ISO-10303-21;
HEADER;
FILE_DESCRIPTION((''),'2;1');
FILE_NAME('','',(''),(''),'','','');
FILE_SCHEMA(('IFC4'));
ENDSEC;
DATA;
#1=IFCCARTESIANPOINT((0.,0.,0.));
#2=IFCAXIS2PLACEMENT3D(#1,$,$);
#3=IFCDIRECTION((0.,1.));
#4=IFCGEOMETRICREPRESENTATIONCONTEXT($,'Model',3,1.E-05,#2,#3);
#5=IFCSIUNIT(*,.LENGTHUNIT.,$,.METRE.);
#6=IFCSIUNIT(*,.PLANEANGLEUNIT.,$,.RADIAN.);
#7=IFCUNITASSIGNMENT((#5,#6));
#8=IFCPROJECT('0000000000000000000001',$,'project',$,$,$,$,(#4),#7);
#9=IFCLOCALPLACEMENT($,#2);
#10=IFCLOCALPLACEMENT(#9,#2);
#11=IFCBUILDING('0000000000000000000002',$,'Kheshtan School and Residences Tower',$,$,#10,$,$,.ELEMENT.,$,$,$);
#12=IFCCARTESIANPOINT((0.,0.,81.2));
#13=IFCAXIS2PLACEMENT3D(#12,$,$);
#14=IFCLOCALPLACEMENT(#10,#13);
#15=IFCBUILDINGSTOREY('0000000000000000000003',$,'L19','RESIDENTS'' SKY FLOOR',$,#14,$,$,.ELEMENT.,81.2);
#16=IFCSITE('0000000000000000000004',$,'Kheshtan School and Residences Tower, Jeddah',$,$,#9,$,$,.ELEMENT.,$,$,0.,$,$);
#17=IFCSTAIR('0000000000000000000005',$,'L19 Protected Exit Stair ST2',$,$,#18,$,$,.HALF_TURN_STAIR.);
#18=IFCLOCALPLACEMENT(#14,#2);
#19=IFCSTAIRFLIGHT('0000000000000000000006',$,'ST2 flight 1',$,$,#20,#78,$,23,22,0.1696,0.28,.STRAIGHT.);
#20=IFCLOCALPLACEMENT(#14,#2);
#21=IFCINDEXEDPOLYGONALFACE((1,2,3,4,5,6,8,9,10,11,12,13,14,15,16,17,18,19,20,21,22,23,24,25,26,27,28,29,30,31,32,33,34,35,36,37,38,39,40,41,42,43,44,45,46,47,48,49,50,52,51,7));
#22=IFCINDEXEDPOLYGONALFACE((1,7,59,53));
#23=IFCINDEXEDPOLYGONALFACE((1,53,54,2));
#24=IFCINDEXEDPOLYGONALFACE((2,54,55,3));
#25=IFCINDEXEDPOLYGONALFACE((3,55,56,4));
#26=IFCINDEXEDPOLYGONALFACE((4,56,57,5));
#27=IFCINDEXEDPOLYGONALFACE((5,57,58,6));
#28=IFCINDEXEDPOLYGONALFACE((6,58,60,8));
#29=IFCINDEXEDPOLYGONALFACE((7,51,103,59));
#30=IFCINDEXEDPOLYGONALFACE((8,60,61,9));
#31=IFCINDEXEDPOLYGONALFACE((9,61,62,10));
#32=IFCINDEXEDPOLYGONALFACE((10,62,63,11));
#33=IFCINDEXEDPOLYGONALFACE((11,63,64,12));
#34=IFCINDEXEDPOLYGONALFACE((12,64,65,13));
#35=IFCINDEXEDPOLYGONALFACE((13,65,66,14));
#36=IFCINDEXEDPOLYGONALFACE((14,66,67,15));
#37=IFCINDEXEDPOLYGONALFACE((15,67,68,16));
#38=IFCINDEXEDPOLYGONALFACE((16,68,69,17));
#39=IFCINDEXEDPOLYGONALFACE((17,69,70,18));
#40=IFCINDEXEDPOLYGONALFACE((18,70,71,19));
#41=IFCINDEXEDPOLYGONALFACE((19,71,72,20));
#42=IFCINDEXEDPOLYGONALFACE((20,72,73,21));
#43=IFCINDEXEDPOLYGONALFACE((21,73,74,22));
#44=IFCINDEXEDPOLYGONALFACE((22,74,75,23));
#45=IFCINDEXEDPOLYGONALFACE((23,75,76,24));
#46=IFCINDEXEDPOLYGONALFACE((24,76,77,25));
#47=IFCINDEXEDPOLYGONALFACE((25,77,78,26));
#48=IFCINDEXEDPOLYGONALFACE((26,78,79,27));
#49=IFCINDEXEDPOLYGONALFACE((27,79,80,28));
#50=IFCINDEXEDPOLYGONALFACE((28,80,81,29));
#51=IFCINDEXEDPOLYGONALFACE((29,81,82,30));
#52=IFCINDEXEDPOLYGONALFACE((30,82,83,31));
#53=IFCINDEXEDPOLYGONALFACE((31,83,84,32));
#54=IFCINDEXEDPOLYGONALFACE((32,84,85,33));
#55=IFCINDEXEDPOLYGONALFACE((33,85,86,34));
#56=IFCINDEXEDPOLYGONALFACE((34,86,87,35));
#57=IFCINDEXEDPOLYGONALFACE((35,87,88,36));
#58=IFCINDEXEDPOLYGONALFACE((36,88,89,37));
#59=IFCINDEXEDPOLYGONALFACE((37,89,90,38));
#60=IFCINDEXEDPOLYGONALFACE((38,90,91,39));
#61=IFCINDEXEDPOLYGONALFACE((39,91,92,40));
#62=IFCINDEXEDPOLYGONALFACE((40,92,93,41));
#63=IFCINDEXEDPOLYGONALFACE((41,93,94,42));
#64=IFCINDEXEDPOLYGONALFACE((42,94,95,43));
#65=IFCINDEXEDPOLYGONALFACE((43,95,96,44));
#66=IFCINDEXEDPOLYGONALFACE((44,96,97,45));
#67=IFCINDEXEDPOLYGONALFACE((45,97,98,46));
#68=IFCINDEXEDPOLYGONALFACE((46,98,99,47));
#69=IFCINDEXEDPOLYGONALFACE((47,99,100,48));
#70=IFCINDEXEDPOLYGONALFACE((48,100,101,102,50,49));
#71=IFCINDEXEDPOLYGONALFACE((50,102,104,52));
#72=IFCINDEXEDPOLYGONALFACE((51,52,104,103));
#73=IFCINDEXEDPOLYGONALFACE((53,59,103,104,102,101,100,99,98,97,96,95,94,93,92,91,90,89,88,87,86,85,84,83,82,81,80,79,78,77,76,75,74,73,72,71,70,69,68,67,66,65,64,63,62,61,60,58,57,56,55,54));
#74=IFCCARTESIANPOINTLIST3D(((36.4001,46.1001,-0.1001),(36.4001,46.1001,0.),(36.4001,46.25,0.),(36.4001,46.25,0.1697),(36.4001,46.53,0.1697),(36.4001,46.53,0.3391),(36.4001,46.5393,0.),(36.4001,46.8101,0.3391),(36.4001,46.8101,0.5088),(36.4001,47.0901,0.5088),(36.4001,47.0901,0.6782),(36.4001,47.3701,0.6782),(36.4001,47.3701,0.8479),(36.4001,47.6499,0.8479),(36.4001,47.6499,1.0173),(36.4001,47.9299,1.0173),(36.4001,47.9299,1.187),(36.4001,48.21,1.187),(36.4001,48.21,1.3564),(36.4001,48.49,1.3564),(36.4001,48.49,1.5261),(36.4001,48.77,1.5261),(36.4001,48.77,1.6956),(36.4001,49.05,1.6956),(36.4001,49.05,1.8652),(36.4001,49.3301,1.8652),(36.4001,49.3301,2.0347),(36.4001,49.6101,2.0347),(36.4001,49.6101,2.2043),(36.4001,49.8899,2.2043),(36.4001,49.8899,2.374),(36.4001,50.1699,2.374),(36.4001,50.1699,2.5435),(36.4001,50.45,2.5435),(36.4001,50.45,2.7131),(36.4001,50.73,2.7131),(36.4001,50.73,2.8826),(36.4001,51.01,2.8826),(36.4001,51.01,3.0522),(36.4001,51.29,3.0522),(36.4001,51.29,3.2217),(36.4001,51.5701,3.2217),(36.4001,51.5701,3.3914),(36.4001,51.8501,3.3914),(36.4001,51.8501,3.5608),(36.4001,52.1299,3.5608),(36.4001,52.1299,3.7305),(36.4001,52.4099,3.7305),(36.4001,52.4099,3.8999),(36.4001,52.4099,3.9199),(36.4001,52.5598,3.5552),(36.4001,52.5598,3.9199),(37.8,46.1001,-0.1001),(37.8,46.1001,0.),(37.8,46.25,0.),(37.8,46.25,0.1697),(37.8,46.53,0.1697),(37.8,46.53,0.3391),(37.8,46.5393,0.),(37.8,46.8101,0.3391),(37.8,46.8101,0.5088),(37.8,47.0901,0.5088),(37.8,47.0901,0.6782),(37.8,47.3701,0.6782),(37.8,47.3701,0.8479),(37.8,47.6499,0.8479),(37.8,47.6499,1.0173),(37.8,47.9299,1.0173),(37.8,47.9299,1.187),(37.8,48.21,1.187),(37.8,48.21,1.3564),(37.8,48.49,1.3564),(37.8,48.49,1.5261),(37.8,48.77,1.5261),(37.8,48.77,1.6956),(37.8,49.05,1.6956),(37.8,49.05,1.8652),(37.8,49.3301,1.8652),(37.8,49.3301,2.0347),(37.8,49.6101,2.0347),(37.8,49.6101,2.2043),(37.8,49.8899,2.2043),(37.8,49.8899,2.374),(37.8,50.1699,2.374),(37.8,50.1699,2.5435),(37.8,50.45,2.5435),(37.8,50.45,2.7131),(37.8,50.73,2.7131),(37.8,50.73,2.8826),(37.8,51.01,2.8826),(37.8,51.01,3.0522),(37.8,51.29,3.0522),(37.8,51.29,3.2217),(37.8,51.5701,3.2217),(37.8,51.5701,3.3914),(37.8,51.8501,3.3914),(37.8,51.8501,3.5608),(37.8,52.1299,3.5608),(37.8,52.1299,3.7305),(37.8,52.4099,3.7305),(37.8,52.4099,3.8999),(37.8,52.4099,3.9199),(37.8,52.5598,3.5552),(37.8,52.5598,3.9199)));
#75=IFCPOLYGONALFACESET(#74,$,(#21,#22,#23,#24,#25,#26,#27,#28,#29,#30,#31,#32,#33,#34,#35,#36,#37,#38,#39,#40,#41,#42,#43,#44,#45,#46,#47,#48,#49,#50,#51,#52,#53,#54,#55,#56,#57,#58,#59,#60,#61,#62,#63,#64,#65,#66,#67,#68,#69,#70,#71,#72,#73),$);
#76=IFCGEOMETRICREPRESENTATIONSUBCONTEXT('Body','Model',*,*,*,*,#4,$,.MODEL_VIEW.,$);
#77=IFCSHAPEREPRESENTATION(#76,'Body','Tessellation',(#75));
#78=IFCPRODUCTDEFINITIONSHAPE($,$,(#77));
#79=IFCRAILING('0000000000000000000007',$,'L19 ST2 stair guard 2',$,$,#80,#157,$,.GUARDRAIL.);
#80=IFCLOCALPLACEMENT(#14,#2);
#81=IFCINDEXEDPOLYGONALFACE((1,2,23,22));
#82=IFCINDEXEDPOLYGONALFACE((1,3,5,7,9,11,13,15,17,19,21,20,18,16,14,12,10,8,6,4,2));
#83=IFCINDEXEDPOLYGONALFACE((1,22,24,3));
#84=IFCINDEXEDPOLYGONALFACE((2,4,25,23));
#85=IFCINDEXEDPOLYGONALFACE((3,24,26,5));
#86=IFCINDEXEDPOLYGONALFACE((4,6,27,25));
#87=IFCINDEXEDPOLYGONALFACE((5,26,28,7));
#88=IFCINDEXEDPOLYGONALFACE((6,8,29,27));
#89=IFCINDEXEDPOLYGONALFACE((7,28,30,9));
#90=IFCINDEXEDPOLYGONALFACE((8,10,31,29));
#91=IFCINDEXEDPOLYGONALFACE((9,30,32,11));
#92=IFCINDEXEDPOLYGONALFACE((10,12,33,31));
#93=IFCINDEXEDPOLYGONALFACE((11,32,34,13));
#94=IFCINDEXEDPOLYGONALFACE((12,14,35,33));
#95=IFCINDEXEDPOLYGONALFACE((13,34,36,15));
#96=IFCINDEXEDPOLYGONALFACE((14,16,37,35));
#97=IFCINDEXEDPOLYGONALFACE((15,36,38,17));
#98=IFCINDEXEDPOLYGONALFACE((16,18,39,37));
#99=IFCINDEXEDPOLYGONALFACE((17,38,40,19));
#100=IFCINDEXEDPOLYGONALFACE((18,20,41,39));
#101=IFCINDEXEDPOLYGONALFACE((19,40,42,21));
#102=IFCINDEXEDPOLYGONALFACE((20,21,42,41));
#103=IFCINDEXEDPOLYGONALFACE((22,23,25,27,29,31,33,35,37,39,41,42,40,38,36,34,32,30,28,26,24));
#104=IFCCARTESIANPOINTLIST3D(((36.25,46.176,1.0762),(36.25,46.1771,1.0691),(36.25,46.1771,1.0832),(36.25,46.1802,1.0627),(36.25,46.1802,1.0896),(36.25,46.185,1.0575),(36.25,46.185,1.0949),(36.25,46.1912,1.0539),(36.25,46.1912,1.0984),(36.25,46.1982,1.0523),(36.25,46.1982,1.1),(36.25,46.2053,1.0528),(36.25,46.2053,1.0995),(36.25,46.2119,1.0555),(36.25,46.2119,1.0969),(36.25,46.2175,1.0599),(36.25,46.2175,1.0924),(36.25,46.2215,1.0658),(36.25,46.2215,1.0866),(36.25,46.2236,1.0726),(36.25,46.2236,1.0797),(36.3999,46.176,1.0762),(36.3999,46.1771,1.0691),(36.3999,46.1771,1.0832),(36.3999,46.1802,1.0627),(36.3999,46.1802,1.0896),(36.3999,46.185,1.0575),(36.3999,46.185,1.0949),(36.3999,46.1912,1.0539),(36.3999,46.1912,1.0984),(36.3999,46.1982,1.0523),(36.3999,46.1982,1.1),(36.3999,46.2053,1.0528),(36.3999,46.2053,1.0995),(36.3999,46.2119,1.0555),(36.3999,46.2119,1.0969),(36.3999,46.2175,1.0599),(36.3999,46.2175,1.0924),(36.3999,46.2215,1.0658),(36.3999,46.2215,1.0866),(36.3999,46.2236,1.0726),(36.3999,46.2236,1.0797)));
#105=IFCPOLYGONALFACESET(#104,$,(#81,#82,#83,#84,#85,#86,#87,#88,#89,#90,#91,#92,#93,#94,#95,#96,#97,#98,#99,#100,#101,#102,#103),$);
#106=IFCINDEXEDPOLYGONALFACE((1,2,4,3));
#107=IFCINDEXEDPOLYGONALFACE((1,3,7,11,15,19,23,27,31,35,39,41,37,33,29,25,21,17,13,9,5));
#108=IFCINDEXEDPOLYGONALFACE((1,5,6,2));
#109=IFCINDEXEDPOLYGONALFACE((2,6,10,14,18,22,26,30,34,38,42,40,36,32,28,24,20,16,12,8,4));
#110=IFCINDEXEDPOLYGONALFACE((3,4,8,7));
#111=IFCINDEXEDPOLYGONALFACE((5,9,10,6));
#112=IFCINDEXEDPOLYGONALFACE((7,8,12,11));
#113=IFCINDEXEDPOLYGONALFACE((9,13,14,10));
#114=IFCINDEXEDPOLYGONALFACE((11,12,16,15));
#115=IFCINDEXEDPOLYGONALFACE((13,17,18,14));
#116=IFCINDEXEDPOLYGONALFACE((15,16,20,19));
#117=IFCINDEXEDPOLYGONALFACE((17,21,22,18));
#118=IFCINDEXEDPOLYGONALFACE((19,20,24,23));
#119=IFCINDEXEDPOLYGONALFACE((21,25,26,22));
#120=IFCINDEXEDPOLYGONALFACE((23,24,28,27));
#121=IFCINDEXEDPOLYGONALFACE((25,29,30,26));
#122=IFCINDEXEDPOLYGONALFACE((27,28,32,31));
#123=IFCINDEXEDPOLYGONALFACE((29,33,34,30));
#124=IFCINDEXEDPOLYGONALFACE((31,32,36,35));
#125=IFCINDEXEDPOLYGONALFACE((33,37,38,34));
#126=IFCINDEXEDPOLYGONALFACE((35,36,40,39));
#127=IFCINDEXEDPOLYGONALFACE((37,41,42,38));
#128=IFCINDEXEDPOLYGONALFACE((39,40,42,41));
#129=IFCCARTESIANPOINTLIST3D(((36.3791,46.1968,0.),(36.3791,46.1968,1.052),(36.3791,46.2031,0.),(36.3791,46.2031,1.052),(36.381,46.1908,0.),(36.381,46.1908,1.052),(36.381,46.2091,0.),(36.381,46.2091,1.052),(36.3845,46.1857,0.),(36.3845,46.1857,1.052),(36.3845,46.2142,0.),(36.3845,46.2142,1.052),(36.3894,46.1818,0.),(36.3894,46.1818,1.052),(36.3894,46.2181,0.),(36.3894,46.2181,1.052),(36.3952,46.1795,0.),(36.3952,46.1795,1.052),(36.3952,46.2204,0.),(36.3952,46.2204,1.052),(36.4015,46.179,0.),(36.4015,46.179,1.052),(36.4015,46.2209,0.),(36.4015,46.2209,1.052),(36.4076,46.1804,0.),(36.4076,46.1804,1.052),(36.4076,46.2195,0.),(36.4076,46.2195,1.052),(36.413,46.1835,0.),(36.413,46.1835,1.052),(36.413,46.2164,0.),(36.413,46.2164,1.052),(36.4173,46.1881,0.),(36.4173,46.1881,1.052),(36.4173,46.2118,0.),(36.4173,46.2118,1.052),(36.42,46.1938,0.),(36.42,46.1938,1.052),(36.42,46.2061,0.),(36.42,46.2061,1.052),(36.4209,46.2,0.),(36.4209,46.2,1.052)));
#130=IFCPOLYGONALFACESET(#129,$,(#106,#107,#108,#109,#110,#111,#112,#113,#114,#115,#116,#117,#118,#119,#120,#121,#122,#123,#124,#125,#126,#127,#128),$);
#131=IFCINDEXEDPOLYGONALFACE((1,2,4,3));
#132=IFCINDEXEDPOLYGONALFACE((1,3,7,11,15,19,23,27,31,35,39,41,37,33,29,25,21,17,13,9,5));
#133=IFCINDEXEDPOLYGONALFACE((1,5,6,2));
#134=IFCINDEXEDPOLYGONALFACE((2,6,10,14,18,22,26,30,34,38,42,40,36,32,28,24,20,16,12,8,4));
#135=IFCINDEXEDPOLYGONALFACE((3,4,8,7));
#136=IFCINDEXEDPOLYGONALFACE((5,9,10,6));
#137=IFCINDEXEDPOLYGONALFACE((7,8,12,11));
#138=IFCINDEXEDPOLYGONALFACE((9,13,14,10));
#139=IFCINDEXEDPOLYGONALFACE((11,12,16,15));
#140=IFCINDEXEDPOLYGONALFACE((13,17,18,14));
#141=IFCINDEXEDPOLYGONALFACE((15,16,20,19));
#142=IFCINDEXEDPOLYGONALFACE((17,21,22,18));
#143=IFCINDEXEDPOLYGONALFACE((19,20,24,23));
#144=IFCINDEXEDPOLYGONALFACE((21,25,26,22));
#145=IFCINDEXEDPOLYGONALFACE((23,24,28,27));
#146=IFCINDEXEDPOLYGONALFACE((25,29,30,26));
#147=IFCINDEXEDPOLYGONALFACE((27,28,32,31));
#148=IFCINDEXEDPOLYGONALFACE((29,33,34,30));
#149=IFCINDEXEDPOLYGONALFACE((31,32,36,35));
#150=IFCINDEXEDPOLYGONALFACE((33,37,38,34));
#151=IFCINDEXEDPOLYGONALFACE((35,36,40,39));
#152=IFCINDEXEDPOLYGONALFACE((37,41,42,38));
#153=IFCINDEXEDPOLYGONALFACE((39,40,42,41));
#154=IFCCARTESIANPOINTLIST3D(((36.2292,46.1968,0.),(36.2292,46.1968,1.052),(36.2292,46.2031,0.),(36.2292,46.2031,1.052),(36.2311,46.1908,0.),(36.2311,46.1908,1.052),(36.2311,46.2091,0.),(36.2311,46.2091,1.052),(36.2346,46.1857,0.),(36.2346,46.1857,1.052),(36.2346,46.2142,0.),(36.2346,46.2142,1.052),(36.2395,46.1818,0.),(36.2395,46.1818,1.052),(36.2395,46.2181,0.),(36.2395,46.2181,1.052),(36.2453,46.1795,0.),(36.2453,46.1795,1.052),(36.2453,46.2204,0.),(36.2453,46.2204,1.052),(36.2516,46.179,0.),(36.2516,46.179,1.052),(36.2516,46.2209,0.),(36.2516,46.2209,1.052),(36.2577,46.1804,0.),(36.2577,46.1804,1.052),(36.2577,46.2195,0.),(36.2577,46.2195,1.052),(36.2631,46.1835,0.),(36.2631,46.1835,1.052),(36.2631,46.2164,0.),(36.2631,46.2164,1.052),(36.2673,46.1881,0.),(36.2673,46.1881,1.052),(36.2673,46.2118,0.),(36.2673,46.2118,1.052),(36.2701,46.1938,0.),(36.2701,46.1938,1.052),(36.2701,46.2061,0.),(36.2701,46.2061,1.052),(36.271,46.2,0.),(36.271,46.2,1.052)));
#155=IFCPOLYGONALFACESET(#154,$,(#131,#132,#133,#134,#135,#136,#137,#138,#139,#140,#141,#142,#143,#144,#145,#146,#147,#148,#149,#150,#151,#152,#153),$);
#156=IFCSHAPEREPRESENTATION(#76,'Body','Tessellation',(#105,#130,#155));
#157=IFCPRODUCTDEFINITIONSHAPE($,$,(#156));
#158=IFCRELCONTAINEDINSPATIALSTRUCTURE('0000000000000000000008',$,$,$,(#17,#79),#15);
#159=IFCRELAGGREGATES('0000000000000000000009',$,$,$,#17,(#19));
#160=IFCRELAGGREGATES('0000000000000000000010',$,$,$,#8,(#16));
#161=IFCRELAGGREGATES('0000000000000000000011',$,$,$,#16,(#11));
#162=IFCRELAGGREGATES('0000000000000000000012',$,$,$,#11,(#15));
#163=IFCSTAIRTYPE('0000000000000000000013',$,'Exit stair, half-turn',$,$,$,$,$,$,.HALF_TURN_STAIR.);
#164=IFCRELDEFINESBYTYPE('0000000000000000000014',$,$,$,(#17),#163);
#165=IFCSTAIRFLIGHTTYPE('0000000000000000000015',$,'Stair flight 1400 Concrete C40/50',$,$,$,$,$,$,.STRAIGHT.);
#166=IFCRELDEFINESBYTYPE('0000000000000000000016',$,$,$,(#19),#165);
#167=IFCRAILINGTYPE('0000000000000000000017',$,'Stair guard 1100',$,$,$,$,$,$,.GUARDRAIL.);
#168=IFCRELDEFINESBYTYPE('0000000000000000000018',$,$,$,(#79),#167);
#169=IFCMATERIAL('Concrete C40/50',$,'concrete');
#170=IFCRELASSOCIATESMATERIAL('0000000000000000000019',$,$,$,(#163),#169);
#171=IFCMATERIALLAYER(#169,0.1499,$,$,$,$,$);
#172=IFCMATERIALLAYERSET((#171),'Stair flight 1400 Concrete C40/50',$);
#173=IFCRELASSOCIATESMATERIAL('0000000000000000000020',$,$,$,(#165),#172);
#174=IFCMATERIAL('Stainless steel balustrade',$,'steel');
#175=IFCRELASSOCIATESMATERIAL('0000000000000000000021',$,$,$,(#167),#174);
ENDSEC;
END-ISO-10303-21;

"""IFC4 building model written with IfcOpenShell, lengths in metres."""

from ifc_helpers import new_model, si_unit, direction, frame, origin, origin_2d, place, context, subcontext, project, spatial, polyline, circle, outline, extrude, material, layer, layer_set, type_object, element, aggregate, save


model = new_model("IFC4")

# Units and contexts
model_context = context("Model", 3, precision=1e-05, world=origin(), true_north=direction((0.0, 1.0)))
body_context = subcontext(model_context, "Body", "Model", "MODEL_VIEW")
ifc_project = project(units=[si_unit("LENGTHUNIT", "METRE"), si_unit("PLANEANGLEUNIT", "RADIAN")], contexts=[model_context])

# Site, building, storey
site_placement = place(None, origin())
site = spatial("IfcSite", under=ifc_project, at=site_placement, Name="Kheshtan School and Residences Tower, Jeddah", CompositionType="ELEMENT", RefElevation=0.0)
building_placement = place(site_placement, origin())
building = spatial("IfcBuilding", under=site, at=building_placement, Name="Kheshtan School and Residences Tower", CompositionType="ELEMENT")
storey_placement = place(building_placement, frame((0.0, 0.0, 81.2)))
storey = spatial("IfcBuildingStorey", under=building, at=storey_placement, Name="L19", Description="RESIDENTS' SKY FLOOR", CompositionType="ELEMENT", Elevation=81.2)

# Shared definitions
ifc_material_1 = material(Name="Concrete C40/50", Category="concrete")

# Stair, stair flight
stair_type = type_object("IfcStairType", Name="Exit stair, half-turn", PredefinedType="HALF_TURN_STAIR", material=ifc_material_1)
ifc_layer_1 = layer(ifc_material_1, 0.1499)
ifc_layer_set_1 = layer_set([ifc_layer_1], Name="Stair flight 1400 Concrete C40/50")
stair_flight_type = type_object("IfcStairFlightType", Name="Stair flight 1400 Concrete C40/50", PredefinedType="STRAIGHT", material=ifc_layer_set_1)
stair_1_placement = place(storey_placement, origin())
stair_1 = element("IfcStair", 1, at=stair_1_placement, inside=storey, type_object=stair_type, Name="L19 Protected Exit Stair ST2", PredefinedType="HALF_TURN_STAIR")
stair_flight_1_placement = place(storey_placement, frame((37.1001, 46.25, 0.0), z_axis=(0.0, 0.0, 1.0), x_axis=(0.0, 1.0, 0.0)))
stair_flight_1 = element("IfcStairFlight", 2, at=stair_flight_1_placement, type_object=stair_flight_type, Name="ST2 flight 1", NumberOfRisers=23, NumberOfTreads=22, PredefinedType="STRAIGHT", RiserHeight=0.1696, TreadLength=0.28, context=body_context, shape_type="SweptSolid", body=[
    extrude(outline(polyline([(-0.1499, -0.1001), (-0.1499, 0.0), (0.0, 0.0), (0.0, 0.1697), (0.28, 0.1697), (0.28, 0.3391), (0.5601, 0.3391), (0.5601, 0.5088), (0.8401, 0.5088), (0.8401, 0.6782), (1.1201, 0.6782), (1.1201, 0.8479), (1.3999, 0.8479), (1.3999, 1.0173), (1.6799, 1.0173), (1.6799, 1.187), (1.96, 1.187), (1.96, 1.3564), (2.24, 1.3564), (2.24, 1.5261), (2.52, 1.5261), (2.52, 1.6956), (2.8, 1.6956), (2.8, 1.8652), (3.0801, 1.8652), (3.0801, 2.0347), (3.3601, 2.0347), (3.3601, 2.2043), (3.6399, 2.2043), (3.6399, 2.374), (3.9199, 2.374), (3.9199, 2.5435), (4.2, 2.5435), (4.2, 2.7131), (4.48, 2.7131), (4.48, 2.8826), (4.76, 2.8826), (4.76, 3.0522), (5.04, 3.0522), (5.04, 3.2217), (5.3201, 3.2217), (5.3201, 3.3914), (5.6001, 3.3914), (5.6001, 3.5608), (5.8799, 3.5608), (5.8799, 3.7305), (6.1599, 3.7305), (6.1599, 3.8999), (6.1599, 3.9199), (6.3098, 3.9199), (6.3098, 3.5552), (0.2893, 0.0), (-0.1499, -0.1001)])), frame((0.0, 0.7, 0.0), z_axis=(0.0, -1.0, 0.0), x_axis=(1.0, 0.0, 0.0)), (0.0, 0.0, 1.0), 1.3999),
])
aggregate(stair_1, [stair_flight_1])

# Railing
ifc_material_2 = material(Name="Stainless steel balustrade", Category="steel")
railing_type_1 = type_object("IfcRailingType", Name="Stair guard 1100", PredefinedType="GUARDRAIL", material=ifc_material_2)
railing_1_placement = place(storey_placement, frame((36.3999, 46.2, 0.0)))
element("IfcRailing", 3, at=railing_1_placement, inside=storey, type_object=railing_type_1, Name="L19 ST2 stair guard 2", PredefinedType="GUARDRAIL", context=body_context, shape_type="SweptSolid", body=[
    extrude(circle(Radius=0.0239, at=origin_2d()), frame((0.0, 0.0, 1.0762), z_axis=(-1.0, 0.0, 0.0), x_axis=(0.0, -1.0, 0.0)), (0.0, 0.0, 1.0), 0.1499),
    extrude(circle(Radius=0.021, at=origin_2d()), origin(), (0.0, 0.0, 1.0), 1.052),
    extrude(circle(Radius=0.021, at=origin_2d()), frame((-0.1499, 0.0, 0.0)), (0.0, 0.0, 1.0), 1.052),
])

save(model, "model.ifc")
